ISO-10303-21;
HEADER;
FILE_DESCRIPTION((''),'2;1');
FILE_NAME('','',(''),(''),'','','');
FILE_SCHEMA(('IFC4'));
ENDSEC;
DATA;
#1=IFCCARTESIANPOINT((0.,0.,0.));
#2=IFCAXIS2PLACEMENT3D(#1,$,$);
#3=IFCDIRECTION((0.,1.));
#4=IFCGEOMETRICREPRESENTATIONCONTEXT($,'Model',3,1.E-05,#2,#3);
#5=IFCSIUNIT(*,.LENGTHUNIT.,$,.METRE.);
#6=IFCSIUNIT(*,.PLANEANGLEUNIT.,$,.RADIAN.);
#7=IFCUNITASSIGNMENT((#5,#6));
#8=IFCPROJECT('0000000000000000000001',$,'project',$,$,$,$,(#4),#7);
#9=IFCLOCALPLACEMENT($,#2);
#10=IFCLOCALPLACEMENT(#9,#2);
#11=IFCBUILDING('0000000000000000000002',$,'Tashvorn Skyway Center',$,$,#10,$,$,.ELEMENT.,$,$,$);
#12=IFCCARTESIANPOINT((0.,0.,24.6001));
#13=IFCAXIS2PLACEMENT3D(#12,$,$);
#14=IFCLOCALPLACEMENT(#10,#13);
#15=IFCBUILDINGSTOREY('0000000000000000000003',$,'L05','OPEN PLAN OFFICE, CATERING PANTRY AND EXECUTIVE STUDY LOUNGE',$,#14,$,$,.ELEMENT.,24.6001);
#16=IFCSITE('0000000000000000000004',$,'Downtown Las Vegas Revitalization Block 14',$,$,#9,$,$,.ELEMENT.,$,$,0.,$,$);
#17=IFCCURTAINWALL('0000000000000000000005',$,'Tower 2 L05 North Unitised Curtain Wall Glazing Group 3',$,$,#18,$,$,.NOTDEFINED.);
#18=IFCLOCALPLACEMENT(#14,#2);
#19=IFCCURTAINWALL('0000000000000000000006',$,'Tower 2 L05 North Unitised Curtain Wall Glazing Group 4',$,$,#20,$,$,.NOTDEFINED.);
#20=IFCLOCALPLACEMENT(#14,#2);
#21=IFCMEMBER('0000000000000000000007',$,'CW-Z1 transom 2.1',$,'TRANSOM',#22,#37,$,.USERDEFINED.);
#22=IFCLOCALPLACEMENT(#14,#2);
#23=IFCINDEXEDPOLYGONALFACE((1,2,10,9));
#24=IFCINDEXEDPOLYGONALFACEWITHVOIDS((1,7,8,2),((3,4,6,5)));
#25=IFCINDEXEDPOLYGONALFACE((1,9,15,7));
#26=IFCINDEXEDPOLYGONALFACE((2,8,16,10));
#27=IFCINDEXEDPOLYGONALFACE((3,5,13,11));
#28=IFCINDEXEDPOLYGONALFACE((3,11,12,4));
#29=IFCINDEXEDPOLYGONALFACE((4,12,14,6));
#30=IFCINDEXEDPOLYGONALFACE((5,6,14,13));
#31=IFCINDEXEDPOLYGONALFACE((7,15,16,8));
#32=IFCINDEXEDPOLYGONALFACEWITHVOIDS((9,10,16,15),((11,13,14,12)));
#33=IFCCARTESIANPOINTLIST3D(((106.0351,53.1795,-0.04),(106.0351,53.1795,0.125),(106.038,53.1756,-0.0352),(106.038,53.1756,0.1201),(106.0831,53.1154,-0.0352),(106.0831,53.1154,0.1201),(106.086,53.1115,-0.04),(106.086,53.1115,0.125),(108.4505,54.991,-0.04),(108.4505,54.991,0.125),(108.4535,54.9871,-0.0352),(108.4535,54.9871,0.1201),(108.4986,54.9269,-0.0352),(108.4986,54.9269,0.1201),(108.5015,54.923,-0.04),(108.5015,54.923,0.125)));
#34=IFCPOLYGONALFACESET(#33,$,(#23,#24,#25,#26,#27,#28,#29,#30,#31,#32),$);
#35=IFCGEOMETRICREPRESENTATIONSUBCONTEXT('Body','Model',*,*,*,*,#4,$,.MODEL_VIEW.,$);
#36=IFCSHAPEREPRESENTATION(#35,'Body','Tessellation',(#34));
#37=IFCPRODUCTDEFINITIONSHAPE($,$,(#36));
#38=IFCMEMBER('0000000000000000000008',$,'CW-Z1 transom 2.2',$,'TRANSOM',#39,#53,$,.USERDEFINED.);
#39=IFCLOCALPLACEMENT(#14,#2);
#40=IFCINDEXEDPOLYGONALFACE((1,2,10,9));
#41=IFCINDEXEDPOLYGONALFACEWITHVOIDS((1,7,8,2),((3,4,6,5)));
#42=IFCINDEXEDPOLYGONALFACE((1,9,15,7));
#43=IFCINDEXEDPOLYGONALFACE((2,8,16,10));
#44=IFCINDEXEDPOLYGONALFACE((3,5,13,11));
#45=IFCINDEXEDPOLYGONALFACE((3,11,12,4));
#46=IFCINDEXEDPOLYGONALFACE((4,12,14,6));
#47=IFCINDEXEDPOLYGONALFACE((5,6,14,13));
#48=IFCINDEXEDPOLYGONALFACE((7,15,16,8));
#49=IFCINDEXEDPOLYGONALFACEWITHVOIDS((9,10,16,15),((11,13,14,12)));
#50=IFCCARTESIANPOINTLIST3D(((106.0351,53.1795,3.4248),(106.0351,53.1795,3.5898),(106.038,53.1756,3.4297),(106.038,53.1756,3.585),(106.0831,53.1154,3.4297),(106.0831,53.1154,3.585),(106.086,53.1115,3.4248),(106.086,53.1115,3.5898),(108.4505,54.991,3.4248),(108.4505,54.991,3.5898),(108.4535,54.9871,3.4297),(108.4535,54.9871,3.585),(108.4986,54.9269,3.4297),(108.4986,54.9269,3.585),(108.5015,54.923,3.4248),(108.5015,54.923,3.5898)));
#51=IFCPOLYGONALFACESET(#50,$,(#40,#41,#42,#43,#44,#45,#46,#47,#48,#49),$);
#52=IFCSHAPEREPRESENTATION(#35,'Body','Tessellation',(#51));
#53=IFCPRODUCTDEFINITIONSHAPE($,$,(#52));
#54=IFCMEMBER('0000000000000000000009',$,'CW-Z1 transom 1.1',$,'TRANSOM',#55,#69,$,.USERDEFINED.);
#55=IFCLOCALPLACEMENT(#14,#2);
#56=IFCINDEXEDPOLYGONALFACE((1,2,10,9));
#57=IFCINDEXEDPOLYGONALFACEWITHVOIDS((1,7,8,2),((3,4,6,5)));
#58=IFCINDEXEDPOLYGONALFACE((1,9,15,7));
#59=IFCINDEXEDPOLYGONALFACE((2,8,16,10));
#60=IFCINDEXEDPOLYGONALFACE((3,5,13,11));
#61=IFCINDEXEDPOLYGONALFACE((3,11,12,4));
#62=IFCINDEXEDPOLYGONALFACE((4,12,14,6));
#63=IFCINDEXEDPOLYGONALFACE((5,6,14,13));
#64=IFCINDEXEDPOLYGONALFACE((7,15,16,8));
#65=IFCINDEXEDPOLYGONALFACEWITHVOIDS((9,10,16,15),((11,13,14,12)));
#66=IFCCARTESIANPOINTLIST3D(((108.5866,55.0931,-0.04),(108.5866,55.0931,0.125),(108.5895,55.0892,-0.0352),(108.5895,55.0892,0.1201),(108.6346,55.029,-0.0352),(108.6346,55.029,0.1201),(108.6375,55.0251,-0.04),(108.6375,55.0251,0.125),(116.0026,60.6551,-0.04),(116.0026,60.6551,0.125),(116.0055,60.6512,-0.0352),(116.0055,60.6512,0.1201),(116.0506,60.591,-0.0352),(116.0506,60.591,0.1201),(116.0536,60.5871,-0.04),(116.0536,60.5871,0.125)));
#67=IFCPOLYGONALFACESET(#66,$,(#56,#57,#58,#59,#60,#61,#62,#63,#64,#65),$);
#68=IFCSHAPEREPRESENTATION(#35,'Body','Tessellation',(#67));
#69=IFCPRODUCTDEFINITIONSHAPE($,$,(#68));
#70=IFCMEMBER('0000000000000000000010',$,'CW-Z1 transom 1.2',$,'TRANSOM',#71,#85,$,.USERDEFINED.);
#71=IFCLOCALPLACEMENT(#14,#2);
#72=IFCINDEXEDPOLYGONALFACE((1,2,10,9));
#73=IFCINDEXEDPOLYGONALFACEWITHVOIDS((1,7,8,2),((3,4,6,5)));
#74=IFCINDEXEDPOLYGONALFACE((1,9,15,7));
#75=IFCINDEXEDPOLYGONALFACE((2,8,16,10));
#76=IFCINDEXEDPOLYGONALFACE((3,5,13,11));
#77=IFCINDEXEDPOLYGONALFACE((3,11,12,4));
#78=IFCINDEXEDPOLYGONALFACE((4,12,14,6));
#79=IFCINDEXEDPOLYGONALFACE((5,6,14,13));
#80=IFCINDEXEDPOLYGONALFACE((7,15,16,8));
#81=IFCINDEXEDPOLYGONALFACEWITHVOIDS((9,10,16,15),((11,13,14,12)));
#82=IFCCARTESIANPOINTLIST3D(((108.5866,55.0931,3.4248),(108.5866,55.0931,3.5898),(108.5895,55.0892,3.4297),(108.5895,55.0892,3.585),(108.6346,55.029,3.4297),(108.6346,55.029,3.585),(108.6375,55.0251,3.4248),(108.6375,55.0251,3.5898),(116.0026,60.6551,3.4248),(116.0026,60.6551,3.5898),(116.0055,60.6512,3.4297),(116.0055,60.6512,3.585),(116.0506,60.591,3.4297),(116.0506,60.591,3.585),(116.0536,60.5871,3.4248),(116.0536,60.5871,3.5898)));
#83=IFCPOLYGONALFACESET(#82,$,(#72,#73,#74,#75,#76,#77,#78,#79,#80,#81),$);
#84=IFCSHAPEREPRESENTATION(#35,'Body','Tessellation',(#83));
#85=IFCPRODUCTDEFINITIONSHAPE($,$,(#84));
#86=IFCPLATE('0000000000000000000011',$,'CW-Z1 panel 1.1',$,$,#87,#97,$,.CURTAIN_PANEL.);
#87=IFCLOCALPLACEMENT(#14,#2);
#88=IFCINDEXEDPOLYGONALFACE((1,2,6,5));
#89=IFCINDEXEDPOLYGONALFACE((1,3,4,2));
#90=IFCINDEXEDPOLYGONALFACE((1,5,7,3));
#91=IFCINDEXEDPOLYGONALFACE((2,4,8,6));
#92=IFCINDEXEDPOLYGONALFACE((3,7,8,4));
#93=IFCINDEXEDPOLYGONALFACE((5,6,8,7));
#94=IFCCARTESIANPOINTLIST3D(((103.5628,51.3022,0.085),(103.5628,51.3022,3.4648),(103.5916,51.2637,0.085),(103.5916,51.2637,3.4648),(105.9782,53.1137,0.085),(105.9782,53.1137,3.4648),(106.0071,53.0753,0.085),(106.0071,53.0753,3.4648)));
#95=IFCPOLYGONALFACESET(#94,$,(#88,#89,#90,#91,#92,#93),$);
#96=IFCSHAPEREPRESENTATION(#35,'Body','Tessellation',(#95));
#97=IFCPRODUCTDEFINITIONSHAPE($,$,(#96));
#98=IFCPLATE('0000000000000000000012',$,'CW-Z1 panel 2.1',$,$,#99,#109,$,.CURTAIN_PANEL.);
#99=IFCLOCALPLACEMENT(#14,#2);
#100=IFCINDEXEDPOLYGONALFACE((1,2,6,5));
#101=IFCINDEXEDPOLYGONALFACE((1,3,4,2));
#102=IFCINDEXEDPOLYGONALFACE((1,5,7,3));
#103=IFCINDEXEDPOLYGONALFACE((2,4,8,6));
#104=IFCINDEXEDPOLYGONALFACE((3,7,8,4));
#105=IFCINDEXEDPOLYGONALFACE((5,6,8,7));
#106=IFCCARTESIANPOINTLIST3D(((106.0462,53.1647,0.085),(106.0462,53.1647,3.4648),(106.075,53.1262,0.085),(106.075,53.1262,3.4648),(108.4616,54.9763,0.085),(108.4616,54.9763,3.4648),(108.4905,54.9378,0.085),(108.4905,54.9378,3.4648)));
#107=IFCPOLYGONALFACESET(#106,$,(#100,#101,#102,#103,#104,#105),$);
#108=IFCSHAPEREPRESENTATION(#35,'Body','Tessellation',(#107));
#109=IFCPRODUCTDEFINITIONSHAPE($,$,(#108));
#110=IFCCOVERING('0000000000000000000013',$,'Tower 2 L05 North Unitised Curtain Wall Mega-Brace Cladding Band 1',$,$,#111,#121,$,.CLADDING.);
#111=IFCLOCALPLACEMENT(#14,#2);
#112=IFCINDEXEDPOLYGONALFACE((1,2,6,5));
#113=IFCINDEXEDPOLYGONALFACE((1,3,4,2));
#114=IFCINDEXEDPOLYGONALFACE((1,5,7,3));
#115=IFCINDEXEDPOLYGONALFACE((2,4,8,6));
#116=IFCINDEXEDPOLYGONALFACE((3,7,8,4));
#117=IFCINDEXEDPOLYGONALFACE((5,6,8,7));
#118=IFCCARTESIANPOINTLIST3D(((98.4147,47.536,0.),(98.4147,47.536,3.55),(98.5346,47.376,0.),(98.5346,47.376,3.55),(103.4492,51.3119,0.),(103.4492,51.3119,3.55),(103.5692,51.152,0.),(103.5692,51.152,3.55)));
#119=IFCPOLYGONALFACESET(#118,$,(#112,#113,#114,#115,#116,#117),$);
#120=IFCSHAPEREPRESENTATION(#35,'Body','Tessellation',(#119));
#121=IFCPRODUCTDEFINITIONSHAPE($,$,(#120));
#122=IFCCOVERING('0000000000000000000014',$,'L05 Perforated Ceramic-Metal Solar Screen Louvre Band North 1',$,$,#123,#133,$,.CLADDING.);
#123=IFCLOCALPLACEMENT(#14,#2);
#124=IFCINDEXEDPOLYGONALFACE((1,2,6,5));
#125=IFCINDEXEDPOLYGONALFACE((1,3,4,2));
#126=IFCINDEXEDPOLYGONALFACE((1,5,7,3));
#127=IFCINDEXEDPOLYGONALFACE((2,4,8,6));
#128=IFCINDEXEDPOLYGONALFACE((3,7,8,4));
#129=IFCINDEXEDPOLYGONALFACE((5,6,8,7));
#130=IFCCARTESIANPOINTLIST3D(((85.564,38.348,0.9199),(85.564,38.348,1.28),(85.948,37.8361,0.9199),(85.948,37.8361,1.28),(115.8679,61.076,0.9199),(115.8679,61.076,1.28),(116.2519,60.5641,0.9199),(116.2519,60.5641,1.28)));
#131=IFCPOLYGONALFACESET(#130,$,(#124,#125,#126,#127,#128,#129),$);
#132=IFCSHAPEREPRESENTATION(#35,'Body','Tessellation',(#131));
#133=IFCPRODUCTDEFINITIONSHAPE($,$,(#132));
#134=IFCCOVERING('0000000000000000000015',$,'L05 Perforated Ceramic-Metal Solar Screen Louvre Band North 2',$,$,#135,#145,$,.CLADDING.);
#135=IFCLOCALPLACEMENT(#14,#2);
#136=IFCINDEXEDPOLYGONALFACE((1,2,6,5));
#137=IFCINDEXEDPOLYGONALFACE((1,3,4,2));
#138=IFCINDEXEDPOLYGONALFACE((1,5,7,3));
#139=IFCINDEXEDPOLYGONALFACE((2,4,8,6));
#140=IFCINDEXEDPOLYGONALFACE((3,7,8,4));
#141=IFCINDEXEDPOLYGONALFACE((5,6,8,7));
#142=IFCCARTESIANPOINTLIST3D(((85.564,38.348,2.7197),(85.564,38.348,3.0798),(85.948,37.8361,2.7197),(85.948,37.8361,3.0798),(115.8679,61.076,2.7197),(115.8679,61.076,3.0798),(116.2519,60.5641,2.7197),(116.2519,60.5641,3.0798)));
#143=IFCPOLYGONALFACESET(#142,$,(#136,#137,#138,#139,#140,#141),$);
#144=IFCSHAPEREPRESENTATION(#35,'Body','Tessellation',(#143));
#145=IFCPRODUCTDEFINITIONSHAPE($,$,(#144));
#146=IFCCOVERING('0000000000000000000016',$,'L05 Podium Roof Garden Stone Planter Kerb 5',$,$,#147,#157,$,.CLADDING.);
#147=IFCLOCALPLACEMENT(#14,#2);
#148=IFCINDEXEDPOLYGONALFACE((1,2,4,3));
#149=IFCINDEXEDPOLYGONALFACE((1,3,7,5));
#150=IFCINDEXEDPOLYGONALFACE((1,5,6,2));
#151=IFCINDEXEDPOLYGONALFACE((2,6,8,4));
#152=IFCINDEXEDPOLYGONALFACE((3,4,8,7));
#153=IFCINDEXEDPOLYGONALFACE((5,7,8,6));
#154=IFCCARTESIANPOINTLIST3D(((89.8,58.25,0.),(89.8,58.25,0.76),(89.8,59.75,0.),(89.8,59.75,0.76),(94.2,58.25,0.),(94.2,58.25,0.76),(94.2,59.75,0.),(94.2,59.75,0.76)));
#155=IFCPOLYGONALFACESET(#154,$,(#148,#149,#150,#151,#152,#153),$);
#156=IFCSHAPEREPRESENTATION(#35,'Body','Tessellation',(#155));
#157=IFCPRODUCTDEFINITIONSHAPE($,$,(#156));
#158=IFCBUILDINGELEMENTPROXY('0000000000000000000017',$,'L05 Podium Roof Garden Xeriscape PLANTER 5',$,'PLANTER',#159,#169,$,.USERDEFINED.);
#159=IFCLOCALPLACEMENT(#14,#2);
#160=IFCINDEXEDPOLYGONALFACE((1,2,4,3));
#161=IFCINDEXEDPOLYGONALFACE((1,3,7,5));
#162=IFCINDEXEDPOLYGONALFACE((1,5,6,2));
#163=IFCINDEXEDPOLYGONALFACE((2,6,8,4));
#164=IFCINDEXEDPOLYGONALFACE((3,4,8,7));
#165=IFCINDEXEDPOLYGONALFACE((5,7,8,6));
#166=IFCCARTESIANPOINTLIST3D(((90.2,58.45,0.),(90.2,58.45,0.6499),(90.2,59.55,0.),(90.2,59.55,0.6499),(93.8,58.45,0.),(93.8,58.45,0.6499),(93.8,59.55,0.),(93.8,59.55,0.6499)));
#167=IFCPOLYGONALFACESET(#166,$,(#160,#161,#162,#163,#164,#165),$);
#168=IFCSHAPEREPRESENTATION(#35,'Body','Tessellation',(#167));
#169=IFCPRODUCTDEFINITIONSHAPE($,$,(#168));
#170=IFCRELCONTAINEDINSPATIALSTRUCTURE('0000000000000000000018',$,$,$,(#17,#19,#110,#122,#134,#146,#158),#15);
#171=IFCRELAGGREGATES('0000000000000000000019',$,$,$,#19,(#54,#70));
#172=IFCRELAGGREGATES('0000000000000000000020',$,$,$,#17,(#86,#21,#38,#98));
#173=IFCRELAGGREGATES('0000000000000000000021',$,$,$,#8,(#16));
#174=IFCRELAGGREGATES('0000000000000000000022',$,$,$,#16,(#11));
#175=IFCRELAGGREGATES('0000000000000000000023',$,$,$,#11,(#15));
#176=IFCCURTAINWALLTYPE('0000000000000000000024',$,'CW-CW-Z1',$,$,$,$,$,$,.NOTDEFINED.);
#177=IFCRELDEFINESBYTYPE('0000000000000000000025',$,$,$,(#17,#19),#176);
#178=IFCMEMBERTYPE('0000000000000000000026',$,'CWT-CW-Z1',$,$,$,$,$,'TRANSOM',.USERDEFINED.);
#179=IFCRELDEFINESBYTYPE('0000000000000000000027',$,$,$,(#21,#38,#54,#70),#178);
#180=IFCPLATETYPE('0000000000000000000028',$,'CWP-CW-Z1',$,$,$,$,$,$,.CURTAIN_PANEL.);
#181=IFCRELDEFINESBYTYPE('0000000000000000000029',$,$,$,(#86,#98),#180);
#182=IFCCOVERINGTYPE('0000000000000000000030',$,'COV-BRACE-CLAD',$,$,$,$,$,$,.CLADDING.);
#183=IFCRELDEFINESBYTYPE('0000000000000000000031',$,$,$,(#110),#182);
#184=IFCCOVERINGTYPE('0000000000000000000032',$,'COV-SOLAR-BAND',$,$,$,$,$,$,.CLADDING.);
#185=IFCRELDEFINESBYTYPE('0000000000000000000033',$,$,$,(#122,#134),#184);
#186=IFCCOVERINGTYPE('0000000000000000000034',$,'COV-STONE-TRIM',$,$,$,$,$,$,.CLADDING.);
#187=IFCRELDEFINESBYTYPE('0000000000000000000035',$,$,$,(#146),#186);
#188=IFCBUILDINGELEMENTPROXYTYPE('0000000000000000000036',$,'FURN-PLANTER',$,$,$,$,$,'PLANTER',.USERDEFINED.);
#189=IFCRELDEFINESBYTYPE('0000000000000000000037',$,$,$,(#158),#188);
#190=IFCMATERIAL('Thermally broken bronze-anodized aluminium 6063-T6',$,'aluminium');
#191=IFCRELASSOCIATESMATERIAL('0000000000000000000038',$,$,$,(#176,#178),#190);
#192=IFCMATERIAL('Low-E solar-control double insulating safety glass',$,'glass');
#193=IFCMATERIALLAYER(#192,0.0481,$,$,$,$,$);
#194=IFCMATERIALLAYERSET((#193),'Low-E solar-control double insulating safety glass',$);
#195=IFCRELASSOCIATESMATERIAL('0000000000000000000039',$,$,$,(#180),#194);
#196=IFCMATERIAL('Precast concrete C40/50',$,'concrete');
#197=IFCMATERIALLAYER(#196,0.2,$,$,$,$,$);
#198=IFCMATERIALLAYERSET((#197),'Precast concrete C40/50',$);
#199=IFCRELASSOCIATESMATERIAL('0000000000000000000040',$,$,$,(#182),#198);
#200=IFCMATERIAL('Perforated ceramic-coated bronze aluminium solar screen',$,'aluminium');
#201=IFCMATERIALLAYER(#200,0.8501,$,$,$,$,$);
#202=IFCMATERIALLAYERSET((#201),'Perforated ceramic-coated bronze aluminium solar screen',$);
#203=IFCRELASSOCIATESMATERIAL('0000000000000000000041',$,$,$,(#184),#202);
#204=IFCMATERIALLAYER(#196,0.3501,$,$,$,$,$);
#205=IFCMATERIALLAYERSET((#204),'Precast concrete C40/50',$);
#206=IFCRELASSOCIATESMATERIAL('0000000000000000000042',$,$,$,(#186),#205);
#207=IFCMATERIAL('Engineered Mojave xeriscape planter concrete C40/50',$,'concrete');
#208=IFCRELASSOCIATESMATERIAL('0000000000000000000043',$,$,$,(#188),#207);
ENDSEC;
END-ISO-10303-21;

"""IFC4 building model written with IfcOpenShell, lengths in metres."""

from ifc_helpers import new_model, si_unit, direction, frame, origin, origin_2d, place, context, subcontext, project, spatial, rectangle, hollow_rectangle, extrude, material, layer, layer_set, material_profile, profile_set, type_object, element, aggregate, save


model = new_model("IFC4")

# Units and contexts
model_context = context("Model", 3, precision=1e-05, world=origin(), true_north=direction((0.0, 1.0)))
body_context = subcontext(model_context, "Body", "Model", "MODEL_VIEW")
ifc_project = project(units=[si_unit("LENGTHUNIT", "METRE"), si_unit("PLANEANGLEUNIT", "RADIAN")], contexts=[model_context])

# Site, building, storey
site_placement = place(None, origin())
site = spatial("IfcSite", under=ifc_project, at=site_placement, Name="Downtown Las Vegas Revitalization Block 14", CompositionType="ELEMENT", RefElevation=0.0)
building_placement = place(site_placement, origin())
building = spatial("IfcBuilding", under=site, at=building_placement, Name="Tashvorn Skyway Center", CompositionType="ELEMENT")
storey_placement = place(building_placement, frame((0.0, 0.0, 24.6001)))
storey = spatial("IfcBuildingStorey", under=building, at=storey_placement, Name="L05", Description="OPEN PLAN OFFICE, CATERING PANTRY AND EXECUTIVE STUDY LOUNGE", CompositionType="ELEMENT", Elevation=24.6001)

# Curtain wall
ifc_material_1 = material(Name="Thermally broken bronze-anodized aluminium 6063-T6", Category="aluminium")
curtain_wall_type = type_object("IfcCurtainWallType", Name="CW-CW-Z1", PredefinedType="NOTDEFINED", material=ifc_material_1)
curtain_wall_1_placement = place(storey_placement, origin())
curtain_wall_1 = element("IfcCurtainWall", 1, at=curtain_wall_1_placement, inside=storey, type_object=curtain_wall_type, Name="Tower 2 L05 North Unitised Curtain Wall Glazing Group 3", PredefinedType="NOTDEFINED")

# Curtain wall
curtain_wall_2_placement = place(storey_placement, origin())
curtain_wall_2 = element("IfcCurtainWall", 2, at=curtain_wall_2_placement, inside=storey, type_object=curtain_wall_type, Name="Tower 2 L05 North Unitised Curtain Wall Glazing Group 4", PredefinedType="NOTDEFINED")

# Members
ifc_material_profile_1 = material_profile(ifc_material_1, hollow_rectangle(XDim=0.085, YDim=0.165, WallThickness=0.0049, at=origin_2d()), Name="ALU-TRAN-85x165")
ifc_profile_set_1 = profile_set([ifc_material_profile_1], Name="Thermally broken bronze-anodized aluminium 6063-T6")
member_type_1 = type_object("IfcMemberType", Name="CWT-CW-Z1", ElementType="TRANSOM", PredefinedType="USERDEFINED", material=ifc_profile_set_1)
member_1_placement = place(storey_placement, frame((106.0605, 53.1455, 0.0425), z_axis=(0.800019, 0.599974, 0.0), x_axis=(-0.599974, 0.800019, 0.0)))
member_1 = element("IfcMember", 3, at=member_1_placement, type_object=member_type_1, Name="CW-Z1 transom 2.1", ObjectType="TRANSOM", PredefinedType="USERDEFINED", context=body_context, shape_type="SweptSolid", body=[
    extrude(hollow_rectangle(XDim=0.085, YDim=0.165, WallThickness=0.0049, at=origin_2d()), origin(), (0.0, 0.0, 1.0), 3.0193),
])
member_2_placement = place(storey_placement, frame((106.0605, 53.1455, 3.5073), z_axis=(0.800019, 0.599974, 0.0), x_axis=(-0.599974, 0.800019, 0.0)))
member_2 = element("IfcMember", 4, at=member_2_placement, type_object=member_type_1, Name="CW-Z1 transom 2.2", ObjectType="TRANSOM", PredefinedType="USERDEFINED", context=body_context, shape_type="SweptSolid", body=[
    extrude(hollow_rectangle(XDim=0.085, YDim=0.165, WallThickness=0.0049, at=origin_2d()), origin(), (0.0, 0.0, 1.0), 3.0193),
])
member_3_placement = place(storey_placement, frame((108.6121, 55.0591, 0.0425), z_axis=(0.8, 0.6, 0.0), x_axis=(-0.6, 0.8, 0.0)))
member_3 = element("IfcMember", 5, at=member_3_placement, type_object=member_type_1, Name="CW-Z1 transom 1.1", ObjectType="TRANSOM", PredefinedType="USERDEFINED", context=body_context, shape_type="SweptSolid", body=[
    extrude(hollow_rectangle(XDim=0.085, YDim=0.165, WallThickness=0.0049, at=origin_2d()), origin(), (0.0, 0.0, 1.0), 9.27),
])
member_4_placement = place(storey_placement, frame((108.6121, 55.0591, 3.5073), z_axis=(0.8, 0.6, 0.0), x_axis=(-0.6, 0.8, 0.0)))
member_4 = element("IfcMember", 6, at=member_4_placement, type_object=member_type_1, Name="CW-Z1 transom 1.2", ObjectType="TRANSOM", PredefinedType="USERDEFINED", context=body_context, shape_type="SweptSolid", body=[
    extrude(hollow_rectangle(XDim=0.085, YDim=0.165, WallThickness=0.0049, at=origin_2d()), origin(), (0.0, 0.0, 1.0), 9.27),
])
aggregate(curtain_wall_2, [member_3, member_4])

# Plates
ifc_material_2 = material(Name="Low-E solar-control double insulating safety glass", Category="glass")
ifc_layer_1 = layer(ifc_material_2, 0.0481)
ifc_layer_set_1 = layer_set([ifc_layer_1], Name="Low-E solar-control double insulating safety glass")
plate_type = type_object("IfcPlateType", Name="CWP-CW-Z1", PredefinedType="CURTAIN_PANEL", material=ifc_layer_set_1)
plate_1_placement = place(storey_placement, frame((104.7849, 52.1887, 0.085), z_axis=(0.0, 0.0, 1.0), x_axis=(0.800002, 0.599997, 0.0)))
plate_1 = element("IfcPlate", 7, at=plate_1_placement, type_object=plate_type, Name="CW-Z1 panel 1.1", PredefinedType="CURTAIN_PANEL", context=body_context, shape_type="SweptSolid", body=[
    extrude(rectangle(XDim=3.0193, YDim=0.0481, at=origin_2d()), origin(), (0.0, 0.0, 1.0), 3.3799),
])
plate_2_placement = place(storey_placement, frame((107.2683, 54.0513, 0.085), z_axis=(0.0, 0.0, 1.0), x_axis=(0.800002, 0.599997, 0.0)))
plate_2 = element("IfcPlate", 8, at=plate_2_placement, type_object=plate_type, Name="CW-Z1 panel 2.1", PredefinedType="CURTAIN_PANEL", context=body_context, shape_type="SweptSolid", body=[
    extrude(rectangle(XDim=3.0193, YDim=0.0481, at=origin_2d()), origin(), (0.0, 0.0, 1.0), 3.3799),
])
aggregate(curtain_wall_1, [plate_1, member_1, member_2, plate_2])

# Coverings
ifc_material_3 = material(Name="Precast concrete C40/50", Category="concrete")
ifc_layer_2 = layer(ifc_material_3, 0.2)
ifc_layer_set_2 = layer_set([ifc_layer_2], Name="Precast concrete C40/50")
covering_type_1 = type_object("IfcCoveringType", Name="COV-BRACE-CLAD", PredefinedType="CLADDING", material=ifc_layer_set_2)
covering_1_placement = place(storey_placement, frame((100.9919, 49.344, 0.0), z_axis=(0.0, 0.0, 1.0), x_axis=(0.8, 0.6, 0.0)))
element("IfcCovering", 9, at=covering_1_placement, inside=storey, type_object=covering_type_1, Name="Tower 2 L05 North Unitised Curtain Wall Mega-Brace Cladding Band 1", PredefinedType="CLADDING", context=body_context, shape_type="SweptSolid", body=[
    extrude(rectangle(XDim=6.2932, YDim=0.2, at=origin_2d()), origin(), (0.0, 0.0, 1.0), 3.55),
])
ifc_material_4 = material(Name="Perforated ceramic-coated bronze aluminium solar screen", Category="aluminium")
ifc_layer_3 = layer(ifc_material_4, 0.8501)
ifc_layer_set_3 = layer_set([ifc_layer_3], Name="Perforated ceramic-coated bronze aluminium solar screen")
covering_type_2 = type_object("IfcCoveringType", Name="COV-SOLAR-BAND", PredefinedType="CLADDING", material=ifc_layer_set_3)
for number, where, z_axis, x_axis, name in (
    (10, (100.908, 49.4561, 0.9199), (0.0, 0.0, 1.0), (0.8, 0.6, 0.0), "L05 Perforated Ceramic-Metal Solar Screen Louvre Band North 1"),
    (11, (100.908, 49.4561, 2.7197), (0.0, 0.0, 1.0), (0.8, 0.6, 0.0), "L05 Perforated Ceramic-Metal Solar Screen Louvre Band North 2"),
):
    element("IfcCovering", number, at=place(storey_placement, frame(where, z_axis=z_axis, x_axis=x_axis)), inside=storey, type_object=covering_type_2, Name=name, PredefinedType="CLADDING", context=body_context, shape_type="SweptSolid", body=[
        extrude(rectangle(XDim=37.8799, YDim=0.6399, at=origin_2d()), origin(), (0.0, 0.0, 1.0), 0.3601),
    ])
ifc_layer_4 = layer(ifc_material_3, 0.3501)
ifc_layer_set_4 = layer_set([ifc_layer_4], Name="Precast concrete C40/50")
covering_type_3 = type_object("IfcCoveringType", Name="COV-STONE-TRIM", PredefinedType="CLADDING", material=ifc_layer_set_4)
covering_2_placement = place(storey_placement, frame((92.0, 59.0, 0.0), z_axis=(0.0, 0.0, 1.0), x_axis=(1.0, 0.0, 0.0)))
element("IfcCovering", 12, at=covering_2_placement, inside=storey, type_object=covering_type_3, Name="L05 Podium Roof Garden Stone Planter Kerb 5", PredefinedType="CLADDING", context=body_context, shape_type="SweptSolid", body=[
    extrude(rectangle(XDim=4.3999, YDim=1.5, at=origin_2d()), origin(), (0.0, 0.0, 1.0), 0.76),
])

# Building element proxy
ifc_material_5 = material(Name="Engineered Mojave xeriscape planter concrete C40/50", Category="concrete")
building_element_proxy_type = type_object("IfcBuildingElementProxyType", Name="FURN-PLANTER", ElementType="PLANTER", PredefinedType="USERDEFINED", material=ifc_material_5)
proxy_placement = place(storey_placement, frame((92.0, 59.0, 0.0), z_axis=(0.0, 0.0, 1.0), x_axis=(1.0, 0.0, 0.0)))
element("IfcBuildingElementProxy", 13, at=proxy_placement, inside=storey, type_object=building_element_proxy_type, Name="L05 Podium Roof Garden Xeriscape PLANTER 5", ObjectType="PLANTER", PredefinedType="USERDEFINED", context=body_context, shape_type="SweptSolid", body=[
    extrude(rectangle(XDim=3.6001, YDim=1.1001, at=origin_2d()), origin(), (0.0, 0.0, 1.0), 0.6499),
])

save(model, "model.ifc")
